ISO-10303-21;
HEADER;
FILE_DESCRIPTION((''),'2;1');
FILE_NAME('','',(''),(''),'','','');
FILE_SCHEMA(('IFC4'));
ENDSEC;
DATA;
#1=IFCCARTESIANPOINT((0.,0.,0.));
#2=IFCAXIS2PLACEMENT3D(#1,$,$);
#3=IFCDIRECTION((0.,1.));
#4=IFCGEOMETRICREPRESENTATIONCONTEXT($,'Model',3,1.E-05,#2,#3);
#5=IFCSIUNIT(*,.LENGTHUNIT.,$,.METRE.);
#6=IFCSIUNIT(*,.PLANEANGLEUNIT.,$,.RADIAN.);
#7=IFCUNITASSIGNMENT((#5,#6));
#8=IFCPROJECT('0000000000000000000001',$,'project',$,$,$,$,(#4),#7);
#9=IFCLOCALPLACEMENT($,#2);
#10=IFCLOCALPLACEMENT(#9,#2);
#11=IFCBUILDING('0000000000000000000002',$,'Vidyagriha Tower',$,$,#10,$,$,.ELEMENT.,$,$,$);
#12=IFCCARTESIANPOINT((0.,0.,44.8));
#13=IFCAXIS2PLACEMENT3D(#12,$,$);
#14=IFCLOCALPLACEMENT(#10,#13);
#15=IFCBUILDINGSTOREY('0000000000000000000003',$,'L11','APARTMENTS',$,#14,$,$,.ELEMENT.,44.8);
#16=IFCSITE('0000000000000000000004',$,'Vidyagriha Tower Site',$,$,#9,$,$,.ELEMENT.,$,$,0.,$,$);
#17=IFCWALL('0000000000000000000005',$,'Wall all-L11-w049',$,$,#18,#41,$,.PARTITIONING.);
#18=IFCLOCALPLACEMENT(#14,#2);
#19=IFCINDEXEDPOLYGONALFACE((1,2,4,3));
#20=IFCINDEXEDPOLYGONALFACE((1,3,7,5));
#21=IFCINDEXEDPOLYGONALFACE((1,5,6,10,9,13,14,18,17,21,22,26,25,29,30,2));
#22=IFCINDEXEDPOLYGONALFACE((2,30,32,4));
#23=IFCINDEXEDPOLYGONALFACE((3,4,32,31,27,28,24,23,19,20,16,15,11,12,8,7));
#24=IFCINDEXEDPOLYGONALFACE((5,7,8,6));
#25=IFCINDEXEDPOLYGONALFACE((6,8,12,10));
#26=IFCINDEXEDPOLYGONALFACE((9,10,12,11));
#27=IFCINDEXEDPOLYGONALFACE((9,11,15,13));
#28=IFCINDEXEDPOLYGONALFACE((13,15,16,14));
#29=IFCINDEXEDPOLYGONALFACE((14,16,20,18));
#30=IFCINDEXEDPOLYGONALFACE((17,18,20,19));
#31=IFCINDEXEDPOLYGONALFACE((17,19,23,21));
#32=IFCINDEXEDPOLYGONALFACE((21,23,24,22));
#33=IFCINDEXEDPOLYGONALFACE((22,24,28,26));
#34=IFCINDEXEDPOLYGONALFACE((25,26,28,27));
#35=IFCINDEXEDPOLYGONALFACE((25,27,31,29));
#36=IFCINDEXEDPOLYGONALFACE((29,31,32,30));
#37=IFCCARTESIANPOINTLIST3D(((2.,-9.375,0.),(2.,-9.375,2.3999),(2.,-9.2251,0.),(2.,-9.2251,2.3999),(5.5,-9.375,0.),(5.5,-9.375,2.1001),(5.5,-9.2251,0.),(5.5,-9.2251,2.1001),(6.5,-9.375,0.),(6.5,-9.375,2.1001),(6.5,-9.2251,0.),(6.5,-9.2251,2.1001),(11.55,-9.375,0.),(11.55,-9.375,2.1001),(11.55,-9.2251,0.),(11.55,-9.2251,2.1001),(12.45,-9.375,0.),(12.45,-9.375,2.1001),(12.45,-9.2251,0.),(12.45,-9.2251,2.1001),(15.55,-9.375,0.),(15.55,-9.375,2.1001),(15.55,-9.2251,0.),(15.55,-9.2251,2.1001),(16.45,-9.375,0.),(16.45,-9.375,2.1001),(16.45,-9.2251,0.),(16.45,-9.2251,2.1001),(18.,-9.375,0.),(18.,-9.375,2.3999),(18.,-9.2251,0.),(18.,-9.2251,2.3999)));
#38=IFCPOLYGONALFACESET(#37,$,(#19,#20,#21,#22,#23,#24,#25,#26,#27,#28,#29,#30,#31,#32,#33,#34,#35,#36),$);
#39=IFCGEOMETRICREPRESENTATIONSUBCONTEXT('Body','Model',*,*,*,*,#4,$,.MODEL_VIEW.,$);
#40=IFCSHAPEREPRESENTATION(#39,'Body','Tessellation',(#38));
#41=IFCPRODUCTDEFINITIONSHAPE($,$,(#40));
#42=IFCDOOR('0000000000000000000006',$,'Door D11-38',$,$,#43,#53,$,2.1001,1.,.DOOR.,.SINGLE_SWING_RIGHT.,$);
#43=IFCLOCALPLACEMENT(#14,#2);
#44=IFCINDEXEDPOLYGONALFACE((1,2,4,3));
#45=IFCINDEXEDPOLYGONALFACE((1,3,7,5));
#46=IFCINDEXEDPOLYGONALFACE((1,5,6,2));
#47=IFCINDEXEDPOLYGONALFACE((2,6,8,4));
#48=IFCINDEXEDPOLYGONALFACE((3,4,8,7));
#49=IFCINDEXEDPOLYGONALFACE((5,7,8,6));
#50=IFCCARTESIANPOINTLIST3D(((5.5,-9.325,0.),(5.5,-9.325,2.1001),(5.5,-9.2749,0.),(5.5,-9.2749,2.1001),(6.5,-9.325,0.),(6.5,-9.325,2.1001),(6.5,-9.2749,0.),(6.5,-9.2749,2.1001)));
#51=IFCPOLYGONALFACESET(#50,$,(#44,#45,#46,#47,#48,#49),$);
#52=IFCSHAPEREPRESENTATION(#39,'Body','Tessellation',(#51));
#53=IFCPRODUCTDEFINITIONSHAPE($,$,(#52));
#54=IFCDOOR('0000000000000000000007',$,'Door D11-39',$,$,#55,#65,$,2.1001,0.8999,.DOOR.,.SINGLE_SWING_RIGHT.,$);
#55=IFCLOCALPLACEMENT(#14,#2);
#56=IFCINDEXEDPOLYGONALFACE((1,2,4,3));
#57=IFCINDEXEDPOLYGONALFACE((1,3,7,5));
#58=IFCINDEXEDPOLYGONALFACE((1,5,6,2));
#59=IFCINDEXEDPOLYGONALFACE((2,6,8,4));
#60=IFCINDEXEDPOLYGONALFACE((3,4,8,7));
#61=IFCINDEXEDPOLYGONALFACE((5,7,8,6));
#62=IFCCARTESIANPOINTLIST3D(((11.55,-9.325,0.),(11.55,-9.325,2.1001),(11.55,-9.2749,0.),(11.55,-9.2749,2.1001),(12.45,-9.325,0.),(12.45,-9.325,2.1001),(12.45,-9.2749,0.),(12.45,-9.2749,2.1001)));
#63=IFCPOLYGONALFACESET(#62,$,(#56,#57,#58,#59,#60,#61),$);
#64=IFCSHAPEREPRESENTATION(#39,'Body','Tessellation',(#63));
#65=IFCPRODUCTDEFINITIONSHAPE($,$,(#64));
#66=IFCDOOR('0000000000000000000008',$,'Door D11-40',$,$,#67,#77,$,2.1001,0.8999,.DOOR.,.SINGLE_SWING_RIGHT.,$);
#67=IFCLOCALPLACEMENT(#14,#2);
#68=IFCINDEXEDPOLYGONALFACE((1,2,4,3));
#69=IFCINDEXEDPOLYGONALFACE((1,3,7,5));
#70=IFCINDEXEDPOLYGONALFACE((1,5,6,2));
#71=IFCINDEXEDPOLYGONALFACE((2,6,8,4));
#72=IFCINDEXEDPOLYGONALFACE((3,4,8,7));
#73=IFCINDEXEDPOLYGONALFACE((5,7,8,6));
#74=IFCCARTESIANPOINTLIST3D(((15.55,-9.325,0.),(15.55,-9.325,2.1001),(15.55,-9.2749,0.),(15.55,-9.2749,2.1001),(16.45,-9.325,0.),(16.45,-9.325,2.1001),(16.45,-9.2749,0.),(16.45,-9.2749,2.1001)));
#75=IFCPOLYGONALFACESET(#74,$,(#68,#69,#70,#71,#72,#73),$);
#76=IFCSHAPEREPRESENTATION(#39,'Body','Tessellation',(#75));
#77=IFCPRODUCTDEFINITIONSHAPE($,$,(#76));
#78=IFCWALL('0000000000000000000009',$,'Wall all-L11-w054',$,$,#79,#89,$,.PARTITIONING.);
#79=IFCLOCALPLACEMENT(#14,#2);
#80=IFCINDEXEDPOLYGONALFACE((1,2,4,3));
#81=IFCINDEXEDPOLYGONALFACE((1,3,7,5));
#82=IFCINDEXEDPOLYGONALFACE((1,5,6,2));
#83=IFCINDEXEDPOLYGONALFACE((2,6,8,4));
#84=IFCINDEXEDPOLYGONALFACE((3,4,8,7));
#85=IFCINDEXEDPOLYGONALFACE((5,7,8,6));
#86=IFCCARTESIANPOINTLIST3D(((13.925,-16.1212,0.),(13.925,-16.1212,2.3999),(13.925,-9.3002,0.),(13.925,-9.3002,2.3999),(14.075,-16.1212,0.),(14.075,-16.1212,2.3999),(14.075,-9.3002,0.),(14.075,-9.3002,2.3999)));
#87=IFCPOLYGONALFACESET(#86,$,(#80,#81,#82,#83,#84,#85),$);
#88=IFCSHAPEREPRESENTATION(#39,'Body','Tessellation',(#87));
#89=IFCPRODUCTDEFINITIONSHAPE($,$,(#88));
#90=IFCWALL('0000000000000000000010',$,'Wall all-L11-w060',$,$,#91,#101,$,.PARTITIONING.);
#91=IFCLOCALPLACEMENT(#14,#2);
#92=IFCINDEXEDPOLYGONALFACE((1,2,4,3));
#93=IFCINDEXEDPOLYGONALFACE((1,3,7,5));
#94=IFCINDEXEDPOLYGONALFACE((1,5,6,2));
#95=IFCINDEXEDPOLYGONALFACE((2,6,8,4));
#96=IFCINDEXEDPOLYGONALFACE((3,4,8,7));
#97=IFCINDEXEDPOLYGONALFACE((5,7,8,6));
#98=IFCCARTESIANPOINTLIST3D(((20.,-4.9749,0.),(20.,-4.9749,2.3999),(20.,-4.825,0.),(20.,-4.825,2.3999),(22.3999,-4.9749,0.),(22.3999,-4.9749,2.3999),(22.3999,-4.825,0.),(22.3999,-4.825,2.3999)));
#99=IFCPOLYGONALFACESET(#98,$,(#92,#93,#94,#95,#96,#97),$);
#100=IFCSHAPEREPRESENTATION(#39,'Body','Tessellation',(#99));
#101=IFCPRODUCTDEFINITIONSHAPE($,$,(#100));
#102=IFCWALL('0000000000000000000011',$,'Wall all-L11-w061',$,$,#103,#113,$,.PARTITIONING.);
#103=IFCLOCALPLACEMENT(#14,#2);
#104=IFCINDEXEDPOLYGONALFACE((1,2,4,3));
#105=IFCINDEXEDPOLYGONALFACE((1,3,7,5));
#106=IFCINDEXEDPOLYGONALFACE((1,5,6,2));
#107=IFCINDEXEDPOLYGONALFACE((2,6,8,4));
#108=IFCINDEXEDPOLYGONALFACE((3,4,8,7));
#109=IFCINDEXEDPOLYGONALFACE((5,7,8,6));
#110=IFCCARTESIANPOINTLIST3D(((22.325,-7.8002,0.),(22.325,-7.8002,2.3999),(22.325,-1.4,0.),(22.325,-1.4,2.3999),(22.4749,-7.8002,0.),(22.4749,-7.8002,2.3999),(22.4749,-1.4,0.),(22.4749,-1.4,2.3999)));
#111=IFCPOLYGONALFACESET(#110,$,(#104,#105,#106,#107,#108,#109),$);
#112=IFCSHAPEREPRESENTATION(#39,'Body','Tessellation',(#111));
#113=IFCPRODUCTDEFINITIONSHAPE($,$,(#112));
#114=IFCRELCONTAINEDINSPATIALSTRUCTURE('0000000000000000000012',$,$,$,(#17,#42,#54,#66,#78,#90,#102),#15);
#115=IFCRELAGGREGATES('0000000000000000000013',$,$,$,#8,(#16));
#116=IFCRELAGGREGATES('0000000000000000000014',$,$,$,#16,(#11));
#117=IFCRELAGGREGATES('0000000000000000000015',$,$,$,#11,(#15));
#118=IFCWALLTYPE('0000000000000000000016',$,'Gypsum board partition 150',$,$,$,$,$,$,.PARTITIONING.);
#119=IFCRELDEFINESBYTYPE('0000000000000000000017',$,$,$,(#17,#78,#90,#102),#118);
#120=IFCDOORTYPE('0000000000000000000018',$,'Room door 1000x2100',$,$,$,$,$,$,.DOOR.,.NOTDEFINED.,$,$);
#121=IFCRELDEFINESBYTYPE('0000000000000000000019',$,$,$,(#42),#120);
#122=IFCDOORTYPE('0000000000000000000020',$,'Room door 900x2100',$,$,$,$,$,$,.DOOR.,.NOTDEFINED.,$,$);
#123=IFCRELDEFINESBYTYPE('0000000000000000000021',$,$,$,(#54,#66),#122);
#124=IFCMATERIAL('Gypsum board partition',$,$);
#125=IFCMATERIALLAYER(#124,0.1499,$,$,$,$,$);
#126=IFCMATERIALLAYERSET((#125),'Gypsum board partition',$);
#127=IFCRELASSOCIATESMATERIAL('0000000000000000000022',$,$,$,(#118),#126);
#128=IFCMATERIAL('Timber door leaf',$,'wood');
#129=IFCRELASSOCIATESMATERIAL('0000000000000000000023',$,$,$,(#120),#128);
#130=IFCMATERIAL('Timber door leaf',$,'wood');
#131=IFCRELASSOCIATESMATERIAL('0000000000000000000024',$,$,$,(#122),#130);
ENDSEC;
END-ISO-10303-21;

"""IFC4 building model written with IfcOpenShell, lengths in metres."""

from ifc_helpers import new_model, si_unit, direction, frame, frame_2d, origin, place, context, subcontext, project, spatial, rectangle, extrude, material, layer, layer_set, type_object, element, fill, save


model = new_model("IFC4")

# Units and contexts
model_context = context("Model", 3, precision=1e-05, world=origin(), true_north=direction((0.0, 1.0)))
body_context = subcontext(model_context, "Body", "Model", "MODEL_VIEW")
ifc_project = project(units=[si_unit("LENGTHUNIT", "METRE"), si_unit("PLANEANGLEUNIT", "RADIAN")], contexts=[model_context])

# Site, building, storey
site_placement = place(None, origin())
site = spatial("IfcSite", under=ifc_project, at=site_placement, Name="Vidyagriha Tower Site", CompositionType="ELEMENT", RefElevation=0.0)
building_placement = place(site_placement, origin())
building = spatial("IfcBuilding", under=site, at=building_placement, Name="Vidyagriha Tower", CompositionType="ELEMENT")
storey_placement = place(building_placement, frame((0.0, 0.0, 44.8)))
storey = spatial("IfcBuildingStorey", under=building, at=storey_placement, Name="L11", Description="APARTMENTS", CompositionType="ELEMENT", Elevation=44.8)

# Shared definitions
ifc_material_1 = material(Name="Gypsum board partition")
ifc_layer_1 = layer(ifc_material_1, 0.1499)
ifc_layer_set_1 = layer_set([ifc_layer_1], Name="Gypsum board partition")
wall_type_1 = type_object("IfcWallType", Name="Gypsum board partition 150", PredefinedType="PARTITIONING", material=ifc_layer_set_1)

# Wall, openings, doors
wall_1_placement = place(storey_placement, frame((18.0, -9.3, 0.0), z_axis=(0.0, 0.0, 1.0), x_axis=(-1.0, 0.0, 0.0)))
wall_1 = element("IfcWall", 1, at=wall_1_placement, inside=storey, type_object=wall_type_1, Name="Wall all-L11-w049", PredefinedType="PARTITIONING", context=body_context, shape_type="SweptSolid", body=[
    extrude(rectangle(XDim=16.0, YDim=0.1499, at=frame_2d((8.0, 0.0))), origin(), (0.0, 0.0, 1.0), 2.3999),
])
opening_1_placement = place(wall_1_placement, frame((11.5, 0.0, 0.0)))
opening_1 = element("IfcOpeningElement", 2, at=opening_1_placement, cuts=wall_1, PredefinedType="OPENING", context=body_context, shape_type="SweptSolid", body=[
    extrude(rectangle(XDim=1.0, YDim=2.1001, at=frame_2d((0.5, 1.05))), frame((0.0, 0.085, 0.0), z_axis=(0.0, -1.0, 0.0), x_axis=(1.0, 0.0, 0.0)), (0.0, 0.0, 1.0), 0.1699),
])
opening_2_placement = place(wall_1_placement, frame((5.55, 0.0, 0.0)))
opening_2 = element("IfcOpeningElement", 3, at=opening_2_placement, cuts=wall_1, PredefinedType="OPENING", context=body_context, shape_type="SweptSolid", body=[
    extrude(rectangle(XDim=0.8999, YDim=2.1001, at=frame_2d((0.45, 1.05))), frame((0.0, 0.085, 0.0), z_axis=(0.0, -1.0, 0.0), x_axis=(1.0, 0.0, 0.0)), (0.0, 0.0, 1.0), 0.1699),
])
opening_3_placement = place(wall_1_placement, frame((1.55, 0.0, 0.0)))
opening_3 = element("IfcOpeningElement", 4, at=opening_3_placement, cuts=wall_1, PredefinedType="OPENING", context=body_context, shape_type="SweptSolid", body=[
    extrude(rectangle(XDim=0.8999, YDim=2.1001, at=frame_2d((0.45, 1.05))), frame((0.0, 0.085, 0.0), z_axis=(0.0, -1.0, 0.0), x_axis=(1.0, 0.0, 0.0)), (0.0, 0.0, 1.0), 0.1699),
])
ifc_material_2 = material(Name="Timber door leaf", Category="wood")
door_type_1 = type_object("IfcDoorType", Name="Room door 1000x2100", OperationType="NOTDEFINED", PredefinedType="DOOR", material=ifc_material_2)
door_1_placement = place(opening_1_placement, origin())
door_1 = element("IfcDoor", 5, at=door_1_placement, inside=storey, type_object=door_type_1, Name="Door D11-38", OperationType="SINGLE_SWING_RIGHT", OverallHeight=2.1001, OverallWidth=1.0, PredefinedType="DOOR", context=body_context, shape_type="SweptSolid", body=[
    extrude(rectangle(XDim=1.0, YDim=2.1001, at=frame_2d((0.5, 1.05))), frame((0.0, 0.0249, 0.0), z_axis=(0.0, -1.0, 0.0), x_axis=(1.0, 0.0, 0.0)), (0.0, 0.0, 1.0), 0.05),
])
fill(opening_1, door_1)
ifc_material_3 = material(Name="Timber door leaf", Category="wood")
door_type_2 = type_object("IfcDoorType", Name="Room door 900x2100", OperationType="NOTDEFINED", PredefinedType="DOOR", material=ifc_material_3)
door_2_placement = place(opening_2_placement, origin())
door_2 = element("IfcDoor", 6, at=door_2_placement, inside=storey, type_object=door_type_2, Name="Door D11-39", OperationType="SINGLE_SWING_RIGHT", OverallHeight=2.1001, OverallWidth=0.8999, PredefinedType="DOOR", context=body_context, shape_type="SweptSolid", body=[
    extrude(rectangle(XDim=0.8999, YDim=2.1001, at=frame_2d((0.45, 1.05))), frame((0.0, 0.0249, 0.0), z_axis=(0.0, -1.0, 0.0), x_axis=(1.0, 0.0, 0.0)), (0.0, 0.0, 1.0), 0.05),
])
fill(opening_2, door_2)
door_3_placement = place(opening_3_placement, origin())
door_3 = element("IfcDoor", 7, at=door_3_placement, inside=storey, type_object=door_type_2, Name="Door D11-40", OperationType="SINGLE_SWING_RIGHT", OverallHeight=2.1001, OverallWidth=0.8999, PredefinedType="DOOR", context=body_context, shape_type="SweptSolid", body=[
    extrude(rectangle(XDim=0.8999, YDim=2.1001, at=frame_2d((0.45, 1.05))), frame((0.0, 0.0249, 0.0), z_axis=(0.0, -1.0, 0.0), x_axis=(1.0, 0.0, 0.0)), (0.0, 0.0, 1.0), 0.05),
])
fill(opening_3, door_3)

# Walls
wall_2_placement = place(storey_placement, frame((14.0, -9.3, 0.0), z_axis=(0.0, 0.0, 1.0), x_axis=(0.0, -1.0, 0.0)))
element("IfcWall", 8, at=wall_2_placement, inside=storey, type_object=wall_type_1, Name="Wall all-L11-w054", PredefinedType="PARTITIONING", context=body_context, shape_type="SweptSolid", body=[
    extrude(rectangle(XDim=6.821, YDim=0.1499, at=frame_2d((3.4106, 0.0))), origin(), (0.0, 0.0, 1.0), 2.3999),
])
wall_3_placement = place(storey_placement, frame((22.3999, -4.8999, 0.0), z_axis=(0.0, 0.0, 1.0), x_axis=(-1.0, 0.0, 0.0)))
element("IfcWall", 9, at=wall_3_placement, inside=storey, type_object=wall_type_1, Name="Wall all-L11-w060", PredefinedType="PARTITIONING", context=body_context, shape_type="SweptSolid", body=[
    extrude(rectangle(XDim=2.3999, YDim=0.1499, at=frame_2d((1.2, 0.0))), origin(), (0.0, 0.0, 1.0), 2.3999),
])
wall_4_placement = place(storey_placement, frame((22.3999, -1.3999, 0.0), z_axis=(0.0, 0.0, 1.0), x_axis=(0.0, -1.0, 0.0)))
element("IfcWall", 10, at=wall_4_placement, inside=storey, type_object=wall_type_1, Name="Wall all-L11-w061", PredefinedType="PARTITIONING", context=body_context, shape_type="SweptSolid", body=[
    extrude(rectangle(XDim=6.4001, YDim=0.1499, at=frame_2d((3.2002, 0.0))), origin(), (0.0, 0.0, 1.0), 2.3999),
])

save(model, "model.ifc")
